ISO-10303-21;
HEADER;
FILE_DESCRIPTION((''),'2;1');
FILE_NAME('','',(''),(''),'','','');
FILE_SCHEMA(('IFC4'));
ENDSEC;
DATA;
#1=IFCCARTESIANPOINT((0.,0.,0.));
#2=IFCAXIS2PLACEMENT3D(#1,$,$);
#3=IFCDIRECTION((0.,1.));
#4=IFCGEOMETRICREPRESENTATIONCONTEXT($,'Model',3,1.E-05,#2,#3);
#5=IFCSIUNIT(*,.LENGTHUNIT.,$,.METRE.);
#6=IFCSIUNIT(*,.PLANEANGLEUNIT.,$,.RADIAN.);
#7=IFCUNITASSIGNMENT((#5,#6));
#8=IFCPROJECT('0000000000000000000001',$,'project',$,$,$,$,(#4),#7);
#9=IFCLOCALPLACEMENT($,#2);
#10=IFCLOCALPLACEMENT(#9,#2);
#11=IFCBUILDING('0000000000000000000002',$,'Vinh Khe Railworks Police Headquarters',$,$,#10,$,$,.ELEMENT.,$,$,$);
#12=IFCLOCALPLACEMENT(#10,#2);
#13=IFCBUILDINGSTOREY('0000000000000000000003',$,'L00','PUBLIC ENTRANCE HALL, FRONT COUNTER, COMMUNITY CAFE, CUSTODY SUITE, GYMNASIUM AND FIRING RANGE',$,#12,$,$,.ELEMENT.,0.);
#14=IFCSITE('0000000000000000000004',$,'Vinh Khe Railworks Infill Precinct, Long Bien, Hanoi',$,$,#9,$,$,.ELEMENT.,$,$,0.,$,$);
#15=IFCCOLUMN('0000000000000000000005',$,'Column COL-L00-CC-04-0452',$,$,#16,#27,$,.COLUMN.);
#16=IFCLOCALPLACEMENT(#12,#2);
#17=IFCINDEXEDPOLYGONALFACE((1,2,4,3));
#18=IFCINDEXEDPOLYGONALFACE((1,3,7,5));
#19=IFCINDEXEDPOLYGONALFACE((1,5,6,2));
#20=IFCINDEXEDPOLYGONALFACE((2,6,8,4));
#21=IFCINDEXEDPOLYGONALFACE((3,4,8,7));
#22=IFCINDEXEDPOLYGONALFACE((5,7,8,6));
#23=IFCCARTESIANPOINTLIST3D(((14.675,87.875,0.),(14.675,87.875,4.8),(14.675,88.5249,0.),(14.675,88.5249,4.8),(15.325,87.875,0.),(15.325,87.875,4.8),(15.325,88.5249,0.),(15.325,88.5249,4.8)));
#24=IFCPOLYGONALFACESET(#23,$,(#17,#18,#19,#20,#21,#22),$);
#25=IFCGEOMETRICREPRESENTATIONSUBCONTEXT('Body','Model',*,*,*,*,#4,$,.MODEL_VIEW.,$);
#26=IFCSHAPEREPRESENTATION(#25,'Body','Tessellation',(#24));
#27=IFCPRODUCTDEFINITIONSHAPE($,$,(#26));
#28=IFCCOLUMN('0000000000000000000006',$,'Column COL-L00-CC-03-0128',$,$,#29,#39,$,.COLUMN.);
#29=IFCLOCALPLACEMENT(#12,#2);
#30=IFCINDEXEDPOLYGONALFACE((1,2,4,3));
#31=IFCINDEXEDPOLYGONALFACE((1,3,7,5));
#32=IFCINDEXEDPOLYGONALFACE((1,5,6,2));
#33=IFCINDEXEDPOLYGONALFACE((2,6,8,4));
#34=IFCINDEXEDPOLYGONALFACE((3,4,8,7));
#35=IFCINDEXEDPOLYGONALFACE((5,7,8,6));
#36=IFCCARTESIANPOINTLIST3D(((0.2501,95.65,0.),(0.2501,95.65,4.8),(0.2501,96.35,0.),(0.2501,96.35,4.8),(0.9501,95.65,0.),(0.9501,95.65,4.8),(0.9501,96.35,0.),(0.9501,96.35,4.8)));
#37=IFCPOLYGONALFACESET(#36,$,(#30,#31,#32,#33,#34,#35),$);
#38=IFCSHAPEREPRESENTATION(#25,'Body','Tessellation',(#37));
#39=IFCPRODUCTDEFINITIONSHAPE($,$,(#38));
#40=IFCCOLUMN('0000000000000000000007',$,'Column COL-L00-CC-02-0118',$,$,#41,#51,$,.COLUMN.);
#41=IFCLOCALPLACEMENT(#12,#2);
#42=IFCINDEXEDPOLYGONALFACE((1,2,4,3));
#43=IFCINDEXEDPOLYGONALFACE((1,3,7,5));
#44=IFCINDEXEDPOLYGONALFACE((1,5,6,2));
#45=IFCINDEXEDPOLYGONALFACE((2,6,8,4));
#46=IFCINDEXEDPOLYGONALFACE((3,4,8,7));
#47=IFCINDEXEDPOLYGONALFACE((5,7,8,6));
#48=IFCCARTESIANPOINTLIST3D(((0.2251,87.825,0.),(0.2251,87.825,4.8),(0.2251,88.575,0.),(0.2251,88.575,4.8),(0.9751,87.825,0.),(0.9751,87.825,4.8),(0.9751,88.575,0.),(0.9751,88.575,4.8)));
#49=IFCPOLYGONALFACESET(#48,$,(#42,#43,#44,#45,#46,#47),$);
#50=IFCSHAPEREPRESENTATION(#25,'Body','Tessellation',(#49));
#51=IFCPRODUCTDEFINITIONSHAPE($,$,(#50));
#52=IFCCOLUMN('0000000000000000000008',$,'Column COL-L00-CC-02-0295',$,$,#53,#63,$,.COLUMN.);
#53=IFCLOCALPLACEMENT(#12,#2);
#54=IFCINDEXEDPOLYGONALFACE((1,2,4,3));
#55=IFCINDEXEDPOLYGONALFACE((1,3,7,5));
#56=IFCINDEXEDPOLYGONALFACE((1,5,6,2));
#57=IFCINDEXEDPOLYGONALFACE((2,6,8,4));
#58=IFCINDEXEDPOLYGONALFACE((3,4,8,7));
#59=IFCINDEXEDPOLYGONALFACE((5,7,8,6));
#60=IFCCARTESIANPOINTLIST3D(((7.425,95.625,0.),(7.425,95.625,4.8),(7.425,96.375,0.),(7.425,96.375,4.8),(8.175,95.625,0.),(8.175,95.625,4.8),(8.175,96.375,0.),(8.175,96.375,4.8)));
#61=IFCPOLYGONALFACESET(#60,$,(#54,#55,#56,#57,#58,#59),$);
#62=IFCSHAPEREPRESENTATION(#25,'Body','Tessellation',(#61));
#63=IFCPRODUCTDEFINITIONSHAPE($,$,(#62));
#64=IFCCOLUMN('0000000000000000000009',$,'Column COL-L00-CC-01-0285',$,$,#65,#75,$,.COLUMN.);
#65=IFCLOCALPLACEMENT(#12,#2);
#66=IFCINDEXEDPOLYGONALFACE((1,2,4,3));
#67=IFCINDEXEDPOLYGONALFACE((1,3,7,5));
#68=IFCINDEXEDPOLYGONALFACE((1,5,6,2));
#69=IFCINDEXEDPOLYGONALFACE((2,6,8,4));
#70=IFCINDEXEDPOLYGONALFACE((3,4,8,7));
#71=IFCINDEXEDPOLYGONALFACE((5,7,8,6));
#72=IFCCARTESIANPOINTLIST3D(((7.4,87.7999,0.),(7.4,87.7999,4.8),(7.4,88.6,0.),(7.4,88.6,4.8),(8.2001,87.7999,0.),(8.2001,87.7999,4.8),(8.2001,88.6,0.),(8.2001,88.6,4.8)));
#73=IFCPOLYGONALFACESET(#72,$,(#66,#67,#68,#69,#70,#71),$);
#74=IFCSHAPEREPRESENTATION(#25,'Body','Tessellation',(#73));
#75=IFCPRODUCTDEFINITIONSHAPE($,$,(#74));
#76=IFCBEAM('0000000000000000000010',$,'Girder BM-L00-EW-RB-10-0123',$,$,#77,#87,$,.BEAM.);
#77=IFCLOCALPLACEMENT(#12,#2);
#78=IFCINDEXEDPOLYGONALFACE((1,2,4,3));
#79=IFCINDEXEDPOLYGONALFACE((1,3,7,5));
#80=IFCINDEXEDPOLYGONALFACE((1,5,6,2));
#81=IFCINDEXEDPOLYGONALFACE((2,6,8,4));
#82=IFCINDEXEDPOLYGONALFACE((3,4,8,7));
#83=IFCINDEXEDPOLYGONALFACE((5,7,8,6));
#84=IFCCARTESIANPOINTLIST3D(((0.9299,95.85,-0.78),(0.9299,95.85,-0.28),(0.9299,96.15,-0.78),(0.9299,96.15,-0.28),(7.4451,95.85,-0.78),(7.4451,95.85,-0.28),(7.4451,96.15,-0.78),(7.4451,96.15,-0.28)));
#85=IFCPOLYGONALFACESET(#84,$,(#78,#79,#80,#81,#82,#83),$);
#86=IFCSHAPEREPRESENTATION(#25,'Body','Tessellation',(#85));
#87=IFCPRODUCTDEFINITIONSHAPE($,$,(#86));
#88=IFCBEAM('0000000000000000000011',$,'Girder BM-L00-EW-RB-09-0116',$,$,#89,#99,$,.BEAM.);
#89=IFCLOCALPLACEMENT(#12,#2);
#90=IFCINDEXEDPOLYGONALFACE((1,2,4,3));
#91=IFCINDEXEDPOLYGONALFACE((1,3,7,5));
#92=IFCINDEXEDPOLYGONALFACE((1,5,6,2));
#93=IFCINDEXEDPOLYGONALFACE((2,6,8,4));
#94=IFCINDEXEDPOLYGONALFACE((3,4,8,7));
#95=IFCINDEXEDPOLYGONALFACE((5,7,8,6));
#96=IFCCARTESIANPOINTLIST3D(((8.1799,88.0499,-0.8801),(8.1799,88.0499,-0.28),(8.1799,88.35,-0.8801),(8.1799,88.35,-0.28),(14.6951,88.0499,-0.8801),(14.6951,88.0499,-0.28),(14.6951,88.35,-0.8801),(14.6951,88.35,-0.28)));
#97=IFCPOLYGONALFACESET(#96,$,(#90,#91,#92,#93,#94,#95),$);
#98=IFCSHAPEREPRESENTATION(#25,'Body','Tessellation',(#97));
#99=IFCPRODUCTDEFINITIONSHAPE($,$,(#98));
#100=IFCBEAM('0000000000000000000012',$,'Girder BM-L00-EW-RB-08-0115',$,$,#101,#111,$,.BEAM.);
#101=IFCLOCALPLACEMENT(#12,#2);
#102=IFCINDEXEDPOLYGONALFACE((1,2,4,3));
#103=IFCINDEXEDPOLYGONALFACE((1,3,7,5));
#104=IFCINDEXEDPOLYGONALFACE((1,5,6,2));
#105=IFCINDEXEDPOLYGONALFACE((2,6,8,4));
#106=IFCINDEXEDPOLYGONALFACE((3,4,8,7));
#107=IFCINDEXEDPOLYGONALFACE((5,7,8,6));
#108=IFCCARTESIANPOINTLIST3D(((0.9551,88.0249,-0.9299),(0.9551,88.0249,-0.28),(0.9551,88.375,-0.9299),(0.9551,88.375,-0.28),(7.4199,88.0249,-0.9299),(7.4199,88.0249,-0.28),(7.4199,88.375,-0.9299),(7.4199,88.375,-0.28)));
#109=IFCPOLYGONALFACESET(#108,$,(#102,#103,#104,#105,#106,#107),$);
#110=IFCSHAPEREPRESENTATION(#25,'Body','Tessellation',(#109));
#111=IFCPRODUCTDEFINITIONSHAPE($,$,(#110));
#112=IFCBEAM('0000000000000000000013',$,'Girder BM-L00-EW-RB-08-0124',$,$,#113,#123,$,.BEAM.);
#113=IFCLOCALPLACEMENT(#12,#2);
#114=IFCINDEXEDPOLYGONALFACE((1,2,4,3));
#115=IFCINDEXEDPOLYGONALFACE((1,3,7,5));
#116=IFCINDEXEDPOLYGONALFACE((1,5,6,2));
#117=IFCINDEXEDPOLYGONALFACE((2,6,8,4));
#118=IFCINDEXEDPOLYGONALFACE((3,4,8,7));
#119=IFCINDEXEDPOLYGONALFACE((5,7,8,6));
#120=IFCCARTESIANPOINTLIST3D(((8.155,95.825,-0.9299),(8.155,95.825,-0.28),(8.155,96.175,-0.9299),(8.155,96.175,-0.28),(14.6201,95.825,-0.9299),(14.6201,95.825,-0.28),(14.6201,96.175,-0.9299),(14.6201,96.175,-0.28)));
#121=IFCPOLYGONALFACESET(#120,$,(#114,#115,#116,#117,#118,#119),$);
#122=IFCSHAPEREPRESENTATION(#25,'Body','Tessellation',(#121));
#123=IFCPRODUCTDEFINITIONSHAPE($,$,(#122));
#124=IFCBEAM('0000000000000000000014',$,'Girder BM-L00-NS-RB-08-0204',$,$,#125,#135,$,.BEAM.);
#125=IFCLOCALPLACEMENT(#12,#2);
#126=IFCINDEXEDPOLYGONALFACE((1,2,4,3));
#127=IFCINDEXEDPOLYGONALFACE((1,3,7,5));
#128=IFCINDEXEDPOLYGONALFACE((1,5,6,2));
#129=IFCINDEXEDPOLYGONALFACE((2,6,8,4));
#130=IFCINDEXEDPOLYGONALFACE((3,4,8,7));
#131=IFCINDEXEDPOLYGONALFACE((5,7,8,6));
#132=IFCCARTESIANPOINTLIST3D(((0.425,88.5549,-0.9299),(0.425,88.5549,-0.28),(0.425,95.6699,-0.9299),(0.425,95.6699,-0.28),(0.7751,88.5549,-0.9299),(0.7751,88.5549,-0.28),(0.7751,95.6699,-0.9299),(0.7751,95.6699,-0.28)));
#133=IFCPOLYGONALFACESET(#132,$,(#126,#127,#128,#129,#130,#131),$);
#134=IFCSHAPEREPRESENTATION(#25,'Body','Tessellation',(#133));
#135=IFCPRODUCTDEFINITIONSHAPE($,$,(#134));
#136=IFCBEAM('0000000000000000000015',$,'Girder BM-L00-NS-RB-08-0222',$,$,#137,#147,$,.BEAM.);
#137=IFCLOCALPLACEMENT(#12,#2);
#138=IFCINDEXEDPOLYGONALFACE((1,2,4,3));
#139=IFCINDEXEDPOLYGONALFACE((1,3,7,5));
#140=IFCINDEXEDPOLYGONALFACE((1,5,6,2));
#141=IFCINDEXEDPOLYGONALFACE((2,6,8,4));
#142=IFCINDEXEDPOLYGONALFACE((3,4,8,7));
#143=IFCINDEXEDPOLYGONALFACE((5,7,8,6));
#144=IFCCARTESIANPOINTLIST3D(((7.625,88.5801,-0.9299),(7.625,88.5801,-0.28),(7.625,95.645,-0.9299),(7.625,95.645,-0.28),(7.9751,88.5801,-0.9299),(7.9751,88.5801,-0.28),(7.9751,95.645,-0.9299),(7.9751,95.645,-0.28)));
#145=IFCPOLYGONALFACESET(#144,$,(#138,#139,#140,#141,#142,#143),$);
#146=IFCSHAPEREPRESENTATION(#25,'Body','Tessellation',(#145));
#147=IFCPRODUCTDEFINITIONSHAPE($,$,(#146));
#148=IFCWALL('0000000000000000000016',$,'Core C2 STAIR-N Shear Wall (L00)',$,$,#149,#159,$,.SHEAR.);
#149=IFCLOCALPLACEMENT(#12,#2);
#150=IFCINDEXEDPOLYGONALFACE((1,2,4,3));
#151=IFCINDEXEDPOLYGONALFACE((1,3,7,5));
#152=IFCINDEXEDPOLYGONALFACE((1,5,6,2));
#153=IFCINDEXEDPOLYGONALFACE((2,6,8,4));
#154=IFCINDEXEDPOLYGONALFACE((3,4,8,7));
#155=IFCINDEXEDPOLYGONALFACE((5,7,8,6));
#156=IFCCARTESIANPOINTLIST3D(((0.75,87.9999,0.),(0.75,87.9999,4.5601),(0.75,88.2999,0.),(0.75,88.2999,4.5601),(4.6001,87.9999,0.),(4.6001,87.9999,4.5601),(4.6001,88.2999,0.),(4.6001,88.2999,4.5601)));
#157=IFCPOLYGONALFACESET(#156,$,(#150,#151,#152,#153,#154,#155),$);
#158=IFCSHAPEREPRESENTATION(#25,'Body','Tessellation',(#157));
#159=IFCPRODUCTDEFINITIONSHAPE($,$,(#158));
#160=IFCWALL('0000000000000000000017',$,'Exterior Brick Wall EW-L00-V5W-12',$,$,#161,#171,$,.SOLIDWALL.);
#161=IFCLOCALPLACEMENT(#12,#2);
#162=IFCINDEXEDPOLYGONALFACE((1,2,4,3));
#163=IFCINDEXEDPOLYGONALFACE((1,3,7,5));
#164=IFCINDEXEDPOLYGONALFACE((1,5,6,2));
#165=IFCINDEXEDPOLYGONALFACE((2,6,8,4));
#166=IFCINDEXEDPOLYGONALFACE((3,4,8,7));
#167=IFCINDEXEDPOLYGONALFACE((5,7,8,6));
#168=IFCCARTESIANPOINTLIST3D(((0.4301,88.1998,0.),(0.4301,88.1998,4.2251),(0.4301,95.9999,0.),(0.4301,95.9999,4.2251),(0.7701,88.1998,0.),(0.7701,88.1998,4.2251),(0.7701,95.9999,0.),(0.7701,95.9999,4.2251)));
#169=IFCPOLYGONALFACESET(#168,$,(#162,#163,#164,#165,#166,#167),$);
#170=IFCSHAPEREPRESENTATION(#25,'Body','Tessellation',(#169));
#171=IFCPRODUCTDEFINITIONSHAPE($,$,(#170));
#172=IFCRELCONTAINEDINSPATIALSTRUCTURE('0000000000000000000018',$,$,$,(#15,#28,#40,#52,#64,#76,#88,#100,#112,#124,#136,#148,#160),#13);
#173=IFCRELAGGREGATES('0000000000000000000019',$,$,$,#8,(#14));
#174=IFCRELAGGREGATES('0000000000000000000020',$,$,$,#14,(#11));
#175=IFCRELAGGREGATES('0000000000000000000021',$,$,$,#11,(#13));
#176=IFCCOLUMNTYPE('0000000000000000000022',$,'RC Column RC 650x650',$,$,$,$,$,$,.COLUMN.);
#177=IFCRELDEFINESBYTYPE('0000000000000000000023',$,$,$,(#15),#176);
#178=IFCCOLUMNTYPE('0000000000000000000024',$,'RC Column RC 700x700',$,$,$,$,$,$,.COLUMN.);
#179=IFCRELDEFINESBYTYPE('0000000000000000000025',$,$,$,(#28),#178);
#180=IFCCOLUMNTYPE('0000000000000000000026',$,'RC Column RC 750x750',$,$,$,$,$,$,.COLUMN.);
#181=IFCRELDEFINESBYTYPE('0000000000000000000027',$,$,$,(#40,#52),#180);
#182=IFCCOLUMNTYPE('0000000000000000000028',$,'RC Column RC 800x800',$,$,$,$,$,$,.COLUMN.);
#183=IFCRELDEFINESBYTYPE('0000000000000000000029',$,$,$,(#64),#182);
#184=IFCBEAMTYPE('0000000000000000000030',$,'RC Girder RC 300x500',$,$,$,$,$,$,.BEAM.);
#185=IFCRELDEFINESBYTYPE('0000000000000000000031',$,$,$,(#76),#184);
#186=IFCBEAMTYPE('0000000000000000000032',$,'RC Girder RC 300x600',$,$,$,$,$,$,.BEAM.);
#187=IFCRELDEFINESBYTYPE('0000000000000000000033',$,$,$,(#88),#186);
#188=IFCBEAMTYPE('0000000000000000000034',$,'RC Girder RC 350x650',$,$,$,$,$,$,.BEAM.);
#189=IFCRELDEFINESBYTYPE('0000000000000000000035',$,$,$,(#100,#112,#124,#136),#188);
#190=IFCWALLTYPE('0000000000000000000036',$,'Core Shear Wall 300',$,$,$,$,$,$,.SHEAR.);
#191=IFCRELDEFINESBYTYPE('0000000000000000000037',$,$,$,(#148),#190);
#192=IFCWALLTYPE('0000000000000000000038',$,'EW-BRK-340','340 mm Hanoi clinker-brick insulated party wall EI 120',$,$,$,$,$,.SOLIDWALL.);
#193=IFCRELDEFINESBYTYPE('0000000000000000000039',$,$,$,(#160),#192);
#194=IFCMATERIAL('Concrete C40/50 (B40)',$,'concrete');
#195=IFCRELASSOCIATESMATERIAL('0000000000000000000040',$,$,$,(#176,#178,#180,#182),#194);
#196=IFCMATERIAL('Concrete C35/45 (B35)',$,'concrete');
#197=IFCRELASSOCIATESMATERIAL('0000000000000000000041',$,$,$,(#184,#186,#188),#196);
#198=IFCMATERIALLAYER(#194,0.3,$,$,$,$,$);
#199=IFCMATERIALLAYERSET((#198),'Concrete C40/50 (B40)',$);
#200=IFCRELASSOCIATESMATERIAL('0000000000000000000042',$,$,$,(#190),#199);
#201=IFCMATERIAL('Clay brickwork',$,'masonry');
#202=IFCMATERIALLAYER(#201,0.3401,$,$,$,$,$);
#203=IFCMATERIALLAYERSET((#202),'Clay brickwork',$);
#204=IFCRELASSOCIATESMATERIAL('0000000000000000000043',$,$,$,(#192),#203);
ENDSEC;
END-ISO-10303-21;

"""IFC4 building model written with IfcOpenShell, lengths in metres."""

from ifc_helpers import new_model, si_unit, direction, frame, frame_2d, origin, origin_2d, place, context, subcontext, project, spatial, rectangle, extrude, material, layer, layer_set, material_profile, profile_set, type_object, element, save


model = new_model("IFC4")

# Units and contexts
model_context = context("Model", 3, precision=1e-05, world=origin(), true_north=direction((0.0, 1.0)))
body_context = subcontext(model_context, "Body", "Model", "MODEL_VIEW")
ifc_project = project(units=[si_unit("LENGTHUNIT", "METRE"), si_unit("PLANEANGLEUNIT", "RADIAN")], contexts=[model_context])

# Site, building, storey
site_placement = place(None, origin())
site = spatial("IfcSite", under=ifc_project, at=site_placement, Name="Vinh Khe Railworks Infill Precinct, Long Bien, Hanoi", CompositionType="ELEMENT", RefElevation=0.0)
building_placement = place(site_placement, origin())
building = spatial("IfcBuilding", under=site, at=building_placement, Name="Vinh Khe Railworks Police Headquarters", CompositionType="ELEMENT")
storey_placement = place(building_placement, origin())
storey = spatial("IfcBuildingStorey", under=building, at=storey_placement, Name="L00", Description="PUBLIC ENTRANCE HALL, FRONT COUNTER, COMMUNITY CAFE, CUSTODY SUITE, GYMNASIUM AND FIRING RANGE", CompositionType="ELEMENT", Elevation=0.0)

# Columns
ifc_material_1 = material(Name="Concrete C40/50 (B40)", Category="concrete")
ifc_material_profile_1 = material_profile(ifc_material_1, rectangle(XDim=0.6499, YDim=0.6499, at=origin_2d()), Name="RC 650x650")
ifc_profile_set_1 = profile_set([ifc_material_profile_1], Name="Concrete C40/50 (B40)")
column_type_1 = type_object("IfcColumnType", Name="RC Column RC 650x650", PredefinedType="COLUMN", material=ifc_profile_set_1)
column_1_placement = place(storey_placement, frame((15.0, 88.2, 0.0), z_axis=(0.0, 0.0, 1.0), x_axis=(1.0, 0.0, 0.0)))
element("IfcColumn", 1, at=column_1_placement, inside=storey, type_object=column_type_1, Name="Column COL-L00-CC-04-0452", PredefinedType="COLUMN", context=body_context, shape_type="SweptSolid", body=[
    extrude(rectangle(XDim=0.6499, YDim=0.6499, at=origin_2d()), origin(), (0.0, 0.0, 1.0), 4.8),
])
ifc_material_profile_2 = material_profile(ifc_material_1, rectangle(XDim=0.7, YDim=0.7, at=origin_2d()), Name="RC 700x700")
ifc_profile_set_2 = profile_set([ifc_material_profile_2], Name="Concrete C40/50 (B40)")
column_type_2 = type_object("IfcColumnType", Name="RC Column RC 700x700", PredefinedType="COLUMN", material=ifc_profile_set_2)
column_2_placement = place(storey_placement, frame((0.6001, 96.0, 0.0), z_axis=(0.0, 0.0, 1.0), x_axis=(1.0, 0.0, 0.0)))
element("IfcColumn", 2, at=column_2_placement, inside=storey, type_object=column_type_2, Name="Column COL-L00-CC-03-0128", PredefinedType="COLUMN", context=body_context, shape_type="SweptSolid", body=[
    extrude(rectangle(XDim=0.7, YDim=0.7, at=origin_2d()), origin(), (0.0, 0.0, 1.0), 4.8),
])
ifc_material_profile_3 = material_profile(ifc_material_1, rectangle(XDim=0.75, YDim=0.75, at=origin_2d()), Name="RC 750x750")
ifc_profile_set_3 = profile_set([ifc_material_profile_3], Name="Concrete C40/50 (B40)")
column_type_3 = type_object("IfcColumnType", Name="RC Column RC 750x750", PredefinedType="COLUMN", material=ifc_profile_set_3)
for number, where, z_axis, x_axis, name in (
    (3, (0.6001, 88.2, 0.0), (0.0, 0.0, 1.0), (1.0, 0.0, 0.0), "Column COL-L00-CC-02-0118"),
    (4, (7.8, 96.0, 0.0), (0.0, 0.0, 1.0), (1.0, 0.0, 0.0), "Column COL-L00-CC-02-0295"),
):
    element("IfcColumn", number, at=place(storey_placement, frame(where, z_axis=z_axis, x_axis=x_axis)), inside=storey, type_object=column_type_3, Name=name, PredefinedType="COLUMN", context=body_context, shape_type="SweptSolid", body=[
        extrude(rectangle(XDim=0.75, YDim=0.75, at=origin_2d()), origin(), (0.0, 0.0, 1.0), 4.8),
    ])
ifc_material_profile_4 = material_profile(ifc_material_1, rectangle(XDim=0.8, YDim=0.8, at=origin_2d()), Name="RC 800x800")
ifc_profile_set_4 = profile_set([ifc_material_profile_4], Name="Concrete C40/50 (B40)")
column_type_4 = type_object("IfcColumnType", Name="RC Column RC 800x800", PredefinedType="COLUMN", material=ifc_profile_set_4)
column_3_placement = place(storey_placement, frame((7.8, 88.2, 0.0), z_axis=(0.0, 0.0, 1.0), x_axis=(1.0, 0.0, 0.0)))
element("IfcColumn", 5, at=column_3_placement, inside=storey, type_object=column_type_4, Name="Column COL-L00-CC-01-0285", PredefinedType="COLUMN", context=body_context, shape_type="SweptSolid", body=[
    extrude(rectangle(XDim=0.8, YDim=0.8, at=origin_2d()), origin(), (0.0, 0.0, 1.0), 4.8),
])

# Beams
ifc_material_2 = material(Name="Concrete C35/45 (B35)", Category="concrete")
ifc_material_profile_5 = material_profile(ifc_material_2, rectangle(XDim=0.3, YDim=0.5, at=origin_2d()), Name="RC 300x500")
ifc_profile_set_5 = profile_set([ifc_material_profile_5], Name="Concrete C35/45 (B35)")
beam_type_1 = type_object("IfcBeamType", Name="RC Girder RC 300x500", PredefinedType="BEAM", material=ifc_profile_set_5)
beam_1_placement = place(storey_placement, frame((0.9299, 96.0, -0.53), z_axis=(1.0, 0.0, 0.0), x_axis=(0.0, 1.0, 0.0)))
element("IfcBeam", 6, at=beam_1_placement, inside=storey, type_object=beam_type_1, Name="Girder BM-L00-EW-RB-10-0123", PredefinedType="BEAM", context=body_context, shape_type="SweptSolid", body=[
    extrude(rectangle(XDim=0.3, YDim=0.5, at=origin_2d()), origin(), (0.0, 0.0, 1.0), 6.5151),
])
ifc_material_profile_6 = material_profile(ifc_material_2, rectangle(XDim=0.3, YDim=0.6001, at=origin_2d()), Name="RC 300x600")
ifc_profile_set_6 = profile_set([ifc_material_profile_6], Name="Concrete C35/45 (B35)")
beam_type_2 = type_object("IfcBeamType", Name="RC Girder RC 300x600", PredefinedType="BEAM", material=ifc_profile_set_6)
beam_2_placement = place(storey_placement, frame((8.1799, 88.2, -0.5801), z_axis=(1.0, 0.0, 0.0), x_axis=(0.0, 1.0, 0.0)))
element("IfcBeam", 7, at=beam_2_placement, inside=storey, type_object=beam_type_2, Name="Girder BM-L00-EW-RB-09-0116", PredefinedType="BEAM", context=body_context, shape_type="SweptSolid", body=[
    extrude(rectangle(XDim=0.3, YDim=0.6001, at=origin_2d()), origin(), (0.0, 0.0, 1.0), 6.5151),
])
ifc_material_profile_7 = material_profile(ifc_material_2, rectangle(XDim=0.3501, YDim=0.6499, at=origin_2d()), Name="RC 350x650")
ifc_profile_set_7 = profile_set([ifc_material_profile_7], Name="Concrete C35/45 (B35)")
beam_type_3 = type_object("IfcBeamType", Name="RC Girder RC 350x650", PredefinedType="BEAM", material=ifc_profile_set_7)
beam_3_placement = place(storey_placement, frame((0.9551, 88.2, -0.605), z_axis=(1.0, 0.0, 0.0), x_axis=(0.0, 1.0, 0.0)))
element("IfcBeam", 8, at=beam_3_placement, inside=storey, type_object=beam_type_3, Name="Girder BM-L00-EW-RB-08-0115", PredefinedType="BEAM", context=body_context, shape_type="SweptSolid", body=[
    extrude(rectangle(XDim=0.3501, YDim=0.6499, at=origin_2d()), origin(), (0.0, 0.0, 1.0), 6.4648),
])
beam_4_placement = place(storey_placement, frame((8.155, 96.0, -0.605), z_axis=(1.0, 0.0, 0.0), x_axis=(0.0, 1.0, 0.0)))
element("IfcBeam", 9, at=beam_4_placement, inside=storey, type_object=beam_type_3, Name="Girder BM-L00-EW-RB-08-0124", PredefinedType="BEAM", context=body_context, shape_type="SweptSolid", body=[
    extrude(rectangle(XDim=0.3501, YDim=0.6499, at=origin_2d()), origin(), (0.0, 0.0, 1.0), 6.4651),
])
beam_5_placement = place(storey_placement, frame((0.6001, 88.5549, -0.605), z_axis=(0.0, 1.0, 0.0), x_axis=(-1.0, 0.0, 0.0)))
element("IfcBeam", 10, at=beam_5_placement, inside=storey, type_object=beam_type_3, Name="Girder BM-L00-NS-RB-08-0204", PredefinedType="BEAM", context=body_context, shape_type="SweptSolid", body=[
    extrude(rectangle(XDim=0.3501, YDim=0.6499, at=origin_2d()), origin(), (0.0, 0.0, 1.0), 7.115),
])
beam_6_placement = place(storey_placement, frame((7.8, 88.5801, -0.605), z_axis=(0.0, 1.0, 0.0), x_axis=(-1.0, 0.0, 0.0)))
element("IfcBeam", 11, at=beam_6_placement, inside=storey, type_object=beam_type_3, Name="Girder BM-L00-NS-RB-08-0222", PredefinedType="BEAM", context=body_context, shape_type="SweptSolid", body=[
    extrude(rectangle(XDim=0.3501, YDim=0.6499, at=origin_2d()), origin(), (0.0, 0.0, 1.0), 7.0649),
])

# Walls
ifc_layer_1 = layer(ifc_material_1, 0.3)
ifc_layer_set_1 = layer_set([ifc_layer_1], Name="Concrete C40/50 (B40)")
wall_type_1 = type_object("IfcWallType", Name="Core Shear Wall 300", PredefinedType="SHEAR", material=ifc_layer_set_1)
wall_1_placement = place(storey_placement, frame((0.75, 88.1499, 0.0), z_axis=(0.0, 0.0, 1.0), x_axis=(1.0, 0.0, 0.0)))
element("IfcWall", 12, at=wall_1_placement, inside=storey, type_object=wall_type_1, Name="Core C2 STAIR-N Shear Wall (L00)", PredefinedType="SHEAR", context=body_context, shape_type="SweptSolid", body=[
    extrude(rectangle(XDim=3.8501, YDim=0.3, at=frame_2d((1.925, 0.0))), origin(), (0.0, 0.0, 1.0), 4.5601),
])
ifc_material_3 = material(Name="Clay brickwork", Category="masonry")
ifc_layer_2 = layer(ifc_material_3, 0.3401)
ifc_layer_set_2 = layer_set([ifc_layer_2], Name="Clay brickwork")
wall_type_2 = type_object("IfcWallType", Name="EW-BRK-340", Description="340 mm Hanoi clinker-brick insulated party wall EI 120", PredefinedType="SOLIDWALL", material=ifc_layer_set_2)
wall_2_placement = place(storey_placement, frame((0.6001, 88.2, 0.0), z_axis=(0.0, 0.0, 1.0), x_axis=(0.0, 1.0, 0.0)))
element("IfcWall", 13, at=wall_2_placement, inside=storey, type_object=wall_type_2, Name="Exterior Brick Wall EW-L00-V5W-12", PredefinedType="SOLIDWALL", context=body_context, shape_type="SweptSolid", body=[
    extrude(rectangle(XDim=7.8, YDim=0.3401, at=frame_2d((3.8999, 0.0))), origin(), (0.0, 0.0, 1.0), 4.2251),
])

save(model, "model.ifc")
